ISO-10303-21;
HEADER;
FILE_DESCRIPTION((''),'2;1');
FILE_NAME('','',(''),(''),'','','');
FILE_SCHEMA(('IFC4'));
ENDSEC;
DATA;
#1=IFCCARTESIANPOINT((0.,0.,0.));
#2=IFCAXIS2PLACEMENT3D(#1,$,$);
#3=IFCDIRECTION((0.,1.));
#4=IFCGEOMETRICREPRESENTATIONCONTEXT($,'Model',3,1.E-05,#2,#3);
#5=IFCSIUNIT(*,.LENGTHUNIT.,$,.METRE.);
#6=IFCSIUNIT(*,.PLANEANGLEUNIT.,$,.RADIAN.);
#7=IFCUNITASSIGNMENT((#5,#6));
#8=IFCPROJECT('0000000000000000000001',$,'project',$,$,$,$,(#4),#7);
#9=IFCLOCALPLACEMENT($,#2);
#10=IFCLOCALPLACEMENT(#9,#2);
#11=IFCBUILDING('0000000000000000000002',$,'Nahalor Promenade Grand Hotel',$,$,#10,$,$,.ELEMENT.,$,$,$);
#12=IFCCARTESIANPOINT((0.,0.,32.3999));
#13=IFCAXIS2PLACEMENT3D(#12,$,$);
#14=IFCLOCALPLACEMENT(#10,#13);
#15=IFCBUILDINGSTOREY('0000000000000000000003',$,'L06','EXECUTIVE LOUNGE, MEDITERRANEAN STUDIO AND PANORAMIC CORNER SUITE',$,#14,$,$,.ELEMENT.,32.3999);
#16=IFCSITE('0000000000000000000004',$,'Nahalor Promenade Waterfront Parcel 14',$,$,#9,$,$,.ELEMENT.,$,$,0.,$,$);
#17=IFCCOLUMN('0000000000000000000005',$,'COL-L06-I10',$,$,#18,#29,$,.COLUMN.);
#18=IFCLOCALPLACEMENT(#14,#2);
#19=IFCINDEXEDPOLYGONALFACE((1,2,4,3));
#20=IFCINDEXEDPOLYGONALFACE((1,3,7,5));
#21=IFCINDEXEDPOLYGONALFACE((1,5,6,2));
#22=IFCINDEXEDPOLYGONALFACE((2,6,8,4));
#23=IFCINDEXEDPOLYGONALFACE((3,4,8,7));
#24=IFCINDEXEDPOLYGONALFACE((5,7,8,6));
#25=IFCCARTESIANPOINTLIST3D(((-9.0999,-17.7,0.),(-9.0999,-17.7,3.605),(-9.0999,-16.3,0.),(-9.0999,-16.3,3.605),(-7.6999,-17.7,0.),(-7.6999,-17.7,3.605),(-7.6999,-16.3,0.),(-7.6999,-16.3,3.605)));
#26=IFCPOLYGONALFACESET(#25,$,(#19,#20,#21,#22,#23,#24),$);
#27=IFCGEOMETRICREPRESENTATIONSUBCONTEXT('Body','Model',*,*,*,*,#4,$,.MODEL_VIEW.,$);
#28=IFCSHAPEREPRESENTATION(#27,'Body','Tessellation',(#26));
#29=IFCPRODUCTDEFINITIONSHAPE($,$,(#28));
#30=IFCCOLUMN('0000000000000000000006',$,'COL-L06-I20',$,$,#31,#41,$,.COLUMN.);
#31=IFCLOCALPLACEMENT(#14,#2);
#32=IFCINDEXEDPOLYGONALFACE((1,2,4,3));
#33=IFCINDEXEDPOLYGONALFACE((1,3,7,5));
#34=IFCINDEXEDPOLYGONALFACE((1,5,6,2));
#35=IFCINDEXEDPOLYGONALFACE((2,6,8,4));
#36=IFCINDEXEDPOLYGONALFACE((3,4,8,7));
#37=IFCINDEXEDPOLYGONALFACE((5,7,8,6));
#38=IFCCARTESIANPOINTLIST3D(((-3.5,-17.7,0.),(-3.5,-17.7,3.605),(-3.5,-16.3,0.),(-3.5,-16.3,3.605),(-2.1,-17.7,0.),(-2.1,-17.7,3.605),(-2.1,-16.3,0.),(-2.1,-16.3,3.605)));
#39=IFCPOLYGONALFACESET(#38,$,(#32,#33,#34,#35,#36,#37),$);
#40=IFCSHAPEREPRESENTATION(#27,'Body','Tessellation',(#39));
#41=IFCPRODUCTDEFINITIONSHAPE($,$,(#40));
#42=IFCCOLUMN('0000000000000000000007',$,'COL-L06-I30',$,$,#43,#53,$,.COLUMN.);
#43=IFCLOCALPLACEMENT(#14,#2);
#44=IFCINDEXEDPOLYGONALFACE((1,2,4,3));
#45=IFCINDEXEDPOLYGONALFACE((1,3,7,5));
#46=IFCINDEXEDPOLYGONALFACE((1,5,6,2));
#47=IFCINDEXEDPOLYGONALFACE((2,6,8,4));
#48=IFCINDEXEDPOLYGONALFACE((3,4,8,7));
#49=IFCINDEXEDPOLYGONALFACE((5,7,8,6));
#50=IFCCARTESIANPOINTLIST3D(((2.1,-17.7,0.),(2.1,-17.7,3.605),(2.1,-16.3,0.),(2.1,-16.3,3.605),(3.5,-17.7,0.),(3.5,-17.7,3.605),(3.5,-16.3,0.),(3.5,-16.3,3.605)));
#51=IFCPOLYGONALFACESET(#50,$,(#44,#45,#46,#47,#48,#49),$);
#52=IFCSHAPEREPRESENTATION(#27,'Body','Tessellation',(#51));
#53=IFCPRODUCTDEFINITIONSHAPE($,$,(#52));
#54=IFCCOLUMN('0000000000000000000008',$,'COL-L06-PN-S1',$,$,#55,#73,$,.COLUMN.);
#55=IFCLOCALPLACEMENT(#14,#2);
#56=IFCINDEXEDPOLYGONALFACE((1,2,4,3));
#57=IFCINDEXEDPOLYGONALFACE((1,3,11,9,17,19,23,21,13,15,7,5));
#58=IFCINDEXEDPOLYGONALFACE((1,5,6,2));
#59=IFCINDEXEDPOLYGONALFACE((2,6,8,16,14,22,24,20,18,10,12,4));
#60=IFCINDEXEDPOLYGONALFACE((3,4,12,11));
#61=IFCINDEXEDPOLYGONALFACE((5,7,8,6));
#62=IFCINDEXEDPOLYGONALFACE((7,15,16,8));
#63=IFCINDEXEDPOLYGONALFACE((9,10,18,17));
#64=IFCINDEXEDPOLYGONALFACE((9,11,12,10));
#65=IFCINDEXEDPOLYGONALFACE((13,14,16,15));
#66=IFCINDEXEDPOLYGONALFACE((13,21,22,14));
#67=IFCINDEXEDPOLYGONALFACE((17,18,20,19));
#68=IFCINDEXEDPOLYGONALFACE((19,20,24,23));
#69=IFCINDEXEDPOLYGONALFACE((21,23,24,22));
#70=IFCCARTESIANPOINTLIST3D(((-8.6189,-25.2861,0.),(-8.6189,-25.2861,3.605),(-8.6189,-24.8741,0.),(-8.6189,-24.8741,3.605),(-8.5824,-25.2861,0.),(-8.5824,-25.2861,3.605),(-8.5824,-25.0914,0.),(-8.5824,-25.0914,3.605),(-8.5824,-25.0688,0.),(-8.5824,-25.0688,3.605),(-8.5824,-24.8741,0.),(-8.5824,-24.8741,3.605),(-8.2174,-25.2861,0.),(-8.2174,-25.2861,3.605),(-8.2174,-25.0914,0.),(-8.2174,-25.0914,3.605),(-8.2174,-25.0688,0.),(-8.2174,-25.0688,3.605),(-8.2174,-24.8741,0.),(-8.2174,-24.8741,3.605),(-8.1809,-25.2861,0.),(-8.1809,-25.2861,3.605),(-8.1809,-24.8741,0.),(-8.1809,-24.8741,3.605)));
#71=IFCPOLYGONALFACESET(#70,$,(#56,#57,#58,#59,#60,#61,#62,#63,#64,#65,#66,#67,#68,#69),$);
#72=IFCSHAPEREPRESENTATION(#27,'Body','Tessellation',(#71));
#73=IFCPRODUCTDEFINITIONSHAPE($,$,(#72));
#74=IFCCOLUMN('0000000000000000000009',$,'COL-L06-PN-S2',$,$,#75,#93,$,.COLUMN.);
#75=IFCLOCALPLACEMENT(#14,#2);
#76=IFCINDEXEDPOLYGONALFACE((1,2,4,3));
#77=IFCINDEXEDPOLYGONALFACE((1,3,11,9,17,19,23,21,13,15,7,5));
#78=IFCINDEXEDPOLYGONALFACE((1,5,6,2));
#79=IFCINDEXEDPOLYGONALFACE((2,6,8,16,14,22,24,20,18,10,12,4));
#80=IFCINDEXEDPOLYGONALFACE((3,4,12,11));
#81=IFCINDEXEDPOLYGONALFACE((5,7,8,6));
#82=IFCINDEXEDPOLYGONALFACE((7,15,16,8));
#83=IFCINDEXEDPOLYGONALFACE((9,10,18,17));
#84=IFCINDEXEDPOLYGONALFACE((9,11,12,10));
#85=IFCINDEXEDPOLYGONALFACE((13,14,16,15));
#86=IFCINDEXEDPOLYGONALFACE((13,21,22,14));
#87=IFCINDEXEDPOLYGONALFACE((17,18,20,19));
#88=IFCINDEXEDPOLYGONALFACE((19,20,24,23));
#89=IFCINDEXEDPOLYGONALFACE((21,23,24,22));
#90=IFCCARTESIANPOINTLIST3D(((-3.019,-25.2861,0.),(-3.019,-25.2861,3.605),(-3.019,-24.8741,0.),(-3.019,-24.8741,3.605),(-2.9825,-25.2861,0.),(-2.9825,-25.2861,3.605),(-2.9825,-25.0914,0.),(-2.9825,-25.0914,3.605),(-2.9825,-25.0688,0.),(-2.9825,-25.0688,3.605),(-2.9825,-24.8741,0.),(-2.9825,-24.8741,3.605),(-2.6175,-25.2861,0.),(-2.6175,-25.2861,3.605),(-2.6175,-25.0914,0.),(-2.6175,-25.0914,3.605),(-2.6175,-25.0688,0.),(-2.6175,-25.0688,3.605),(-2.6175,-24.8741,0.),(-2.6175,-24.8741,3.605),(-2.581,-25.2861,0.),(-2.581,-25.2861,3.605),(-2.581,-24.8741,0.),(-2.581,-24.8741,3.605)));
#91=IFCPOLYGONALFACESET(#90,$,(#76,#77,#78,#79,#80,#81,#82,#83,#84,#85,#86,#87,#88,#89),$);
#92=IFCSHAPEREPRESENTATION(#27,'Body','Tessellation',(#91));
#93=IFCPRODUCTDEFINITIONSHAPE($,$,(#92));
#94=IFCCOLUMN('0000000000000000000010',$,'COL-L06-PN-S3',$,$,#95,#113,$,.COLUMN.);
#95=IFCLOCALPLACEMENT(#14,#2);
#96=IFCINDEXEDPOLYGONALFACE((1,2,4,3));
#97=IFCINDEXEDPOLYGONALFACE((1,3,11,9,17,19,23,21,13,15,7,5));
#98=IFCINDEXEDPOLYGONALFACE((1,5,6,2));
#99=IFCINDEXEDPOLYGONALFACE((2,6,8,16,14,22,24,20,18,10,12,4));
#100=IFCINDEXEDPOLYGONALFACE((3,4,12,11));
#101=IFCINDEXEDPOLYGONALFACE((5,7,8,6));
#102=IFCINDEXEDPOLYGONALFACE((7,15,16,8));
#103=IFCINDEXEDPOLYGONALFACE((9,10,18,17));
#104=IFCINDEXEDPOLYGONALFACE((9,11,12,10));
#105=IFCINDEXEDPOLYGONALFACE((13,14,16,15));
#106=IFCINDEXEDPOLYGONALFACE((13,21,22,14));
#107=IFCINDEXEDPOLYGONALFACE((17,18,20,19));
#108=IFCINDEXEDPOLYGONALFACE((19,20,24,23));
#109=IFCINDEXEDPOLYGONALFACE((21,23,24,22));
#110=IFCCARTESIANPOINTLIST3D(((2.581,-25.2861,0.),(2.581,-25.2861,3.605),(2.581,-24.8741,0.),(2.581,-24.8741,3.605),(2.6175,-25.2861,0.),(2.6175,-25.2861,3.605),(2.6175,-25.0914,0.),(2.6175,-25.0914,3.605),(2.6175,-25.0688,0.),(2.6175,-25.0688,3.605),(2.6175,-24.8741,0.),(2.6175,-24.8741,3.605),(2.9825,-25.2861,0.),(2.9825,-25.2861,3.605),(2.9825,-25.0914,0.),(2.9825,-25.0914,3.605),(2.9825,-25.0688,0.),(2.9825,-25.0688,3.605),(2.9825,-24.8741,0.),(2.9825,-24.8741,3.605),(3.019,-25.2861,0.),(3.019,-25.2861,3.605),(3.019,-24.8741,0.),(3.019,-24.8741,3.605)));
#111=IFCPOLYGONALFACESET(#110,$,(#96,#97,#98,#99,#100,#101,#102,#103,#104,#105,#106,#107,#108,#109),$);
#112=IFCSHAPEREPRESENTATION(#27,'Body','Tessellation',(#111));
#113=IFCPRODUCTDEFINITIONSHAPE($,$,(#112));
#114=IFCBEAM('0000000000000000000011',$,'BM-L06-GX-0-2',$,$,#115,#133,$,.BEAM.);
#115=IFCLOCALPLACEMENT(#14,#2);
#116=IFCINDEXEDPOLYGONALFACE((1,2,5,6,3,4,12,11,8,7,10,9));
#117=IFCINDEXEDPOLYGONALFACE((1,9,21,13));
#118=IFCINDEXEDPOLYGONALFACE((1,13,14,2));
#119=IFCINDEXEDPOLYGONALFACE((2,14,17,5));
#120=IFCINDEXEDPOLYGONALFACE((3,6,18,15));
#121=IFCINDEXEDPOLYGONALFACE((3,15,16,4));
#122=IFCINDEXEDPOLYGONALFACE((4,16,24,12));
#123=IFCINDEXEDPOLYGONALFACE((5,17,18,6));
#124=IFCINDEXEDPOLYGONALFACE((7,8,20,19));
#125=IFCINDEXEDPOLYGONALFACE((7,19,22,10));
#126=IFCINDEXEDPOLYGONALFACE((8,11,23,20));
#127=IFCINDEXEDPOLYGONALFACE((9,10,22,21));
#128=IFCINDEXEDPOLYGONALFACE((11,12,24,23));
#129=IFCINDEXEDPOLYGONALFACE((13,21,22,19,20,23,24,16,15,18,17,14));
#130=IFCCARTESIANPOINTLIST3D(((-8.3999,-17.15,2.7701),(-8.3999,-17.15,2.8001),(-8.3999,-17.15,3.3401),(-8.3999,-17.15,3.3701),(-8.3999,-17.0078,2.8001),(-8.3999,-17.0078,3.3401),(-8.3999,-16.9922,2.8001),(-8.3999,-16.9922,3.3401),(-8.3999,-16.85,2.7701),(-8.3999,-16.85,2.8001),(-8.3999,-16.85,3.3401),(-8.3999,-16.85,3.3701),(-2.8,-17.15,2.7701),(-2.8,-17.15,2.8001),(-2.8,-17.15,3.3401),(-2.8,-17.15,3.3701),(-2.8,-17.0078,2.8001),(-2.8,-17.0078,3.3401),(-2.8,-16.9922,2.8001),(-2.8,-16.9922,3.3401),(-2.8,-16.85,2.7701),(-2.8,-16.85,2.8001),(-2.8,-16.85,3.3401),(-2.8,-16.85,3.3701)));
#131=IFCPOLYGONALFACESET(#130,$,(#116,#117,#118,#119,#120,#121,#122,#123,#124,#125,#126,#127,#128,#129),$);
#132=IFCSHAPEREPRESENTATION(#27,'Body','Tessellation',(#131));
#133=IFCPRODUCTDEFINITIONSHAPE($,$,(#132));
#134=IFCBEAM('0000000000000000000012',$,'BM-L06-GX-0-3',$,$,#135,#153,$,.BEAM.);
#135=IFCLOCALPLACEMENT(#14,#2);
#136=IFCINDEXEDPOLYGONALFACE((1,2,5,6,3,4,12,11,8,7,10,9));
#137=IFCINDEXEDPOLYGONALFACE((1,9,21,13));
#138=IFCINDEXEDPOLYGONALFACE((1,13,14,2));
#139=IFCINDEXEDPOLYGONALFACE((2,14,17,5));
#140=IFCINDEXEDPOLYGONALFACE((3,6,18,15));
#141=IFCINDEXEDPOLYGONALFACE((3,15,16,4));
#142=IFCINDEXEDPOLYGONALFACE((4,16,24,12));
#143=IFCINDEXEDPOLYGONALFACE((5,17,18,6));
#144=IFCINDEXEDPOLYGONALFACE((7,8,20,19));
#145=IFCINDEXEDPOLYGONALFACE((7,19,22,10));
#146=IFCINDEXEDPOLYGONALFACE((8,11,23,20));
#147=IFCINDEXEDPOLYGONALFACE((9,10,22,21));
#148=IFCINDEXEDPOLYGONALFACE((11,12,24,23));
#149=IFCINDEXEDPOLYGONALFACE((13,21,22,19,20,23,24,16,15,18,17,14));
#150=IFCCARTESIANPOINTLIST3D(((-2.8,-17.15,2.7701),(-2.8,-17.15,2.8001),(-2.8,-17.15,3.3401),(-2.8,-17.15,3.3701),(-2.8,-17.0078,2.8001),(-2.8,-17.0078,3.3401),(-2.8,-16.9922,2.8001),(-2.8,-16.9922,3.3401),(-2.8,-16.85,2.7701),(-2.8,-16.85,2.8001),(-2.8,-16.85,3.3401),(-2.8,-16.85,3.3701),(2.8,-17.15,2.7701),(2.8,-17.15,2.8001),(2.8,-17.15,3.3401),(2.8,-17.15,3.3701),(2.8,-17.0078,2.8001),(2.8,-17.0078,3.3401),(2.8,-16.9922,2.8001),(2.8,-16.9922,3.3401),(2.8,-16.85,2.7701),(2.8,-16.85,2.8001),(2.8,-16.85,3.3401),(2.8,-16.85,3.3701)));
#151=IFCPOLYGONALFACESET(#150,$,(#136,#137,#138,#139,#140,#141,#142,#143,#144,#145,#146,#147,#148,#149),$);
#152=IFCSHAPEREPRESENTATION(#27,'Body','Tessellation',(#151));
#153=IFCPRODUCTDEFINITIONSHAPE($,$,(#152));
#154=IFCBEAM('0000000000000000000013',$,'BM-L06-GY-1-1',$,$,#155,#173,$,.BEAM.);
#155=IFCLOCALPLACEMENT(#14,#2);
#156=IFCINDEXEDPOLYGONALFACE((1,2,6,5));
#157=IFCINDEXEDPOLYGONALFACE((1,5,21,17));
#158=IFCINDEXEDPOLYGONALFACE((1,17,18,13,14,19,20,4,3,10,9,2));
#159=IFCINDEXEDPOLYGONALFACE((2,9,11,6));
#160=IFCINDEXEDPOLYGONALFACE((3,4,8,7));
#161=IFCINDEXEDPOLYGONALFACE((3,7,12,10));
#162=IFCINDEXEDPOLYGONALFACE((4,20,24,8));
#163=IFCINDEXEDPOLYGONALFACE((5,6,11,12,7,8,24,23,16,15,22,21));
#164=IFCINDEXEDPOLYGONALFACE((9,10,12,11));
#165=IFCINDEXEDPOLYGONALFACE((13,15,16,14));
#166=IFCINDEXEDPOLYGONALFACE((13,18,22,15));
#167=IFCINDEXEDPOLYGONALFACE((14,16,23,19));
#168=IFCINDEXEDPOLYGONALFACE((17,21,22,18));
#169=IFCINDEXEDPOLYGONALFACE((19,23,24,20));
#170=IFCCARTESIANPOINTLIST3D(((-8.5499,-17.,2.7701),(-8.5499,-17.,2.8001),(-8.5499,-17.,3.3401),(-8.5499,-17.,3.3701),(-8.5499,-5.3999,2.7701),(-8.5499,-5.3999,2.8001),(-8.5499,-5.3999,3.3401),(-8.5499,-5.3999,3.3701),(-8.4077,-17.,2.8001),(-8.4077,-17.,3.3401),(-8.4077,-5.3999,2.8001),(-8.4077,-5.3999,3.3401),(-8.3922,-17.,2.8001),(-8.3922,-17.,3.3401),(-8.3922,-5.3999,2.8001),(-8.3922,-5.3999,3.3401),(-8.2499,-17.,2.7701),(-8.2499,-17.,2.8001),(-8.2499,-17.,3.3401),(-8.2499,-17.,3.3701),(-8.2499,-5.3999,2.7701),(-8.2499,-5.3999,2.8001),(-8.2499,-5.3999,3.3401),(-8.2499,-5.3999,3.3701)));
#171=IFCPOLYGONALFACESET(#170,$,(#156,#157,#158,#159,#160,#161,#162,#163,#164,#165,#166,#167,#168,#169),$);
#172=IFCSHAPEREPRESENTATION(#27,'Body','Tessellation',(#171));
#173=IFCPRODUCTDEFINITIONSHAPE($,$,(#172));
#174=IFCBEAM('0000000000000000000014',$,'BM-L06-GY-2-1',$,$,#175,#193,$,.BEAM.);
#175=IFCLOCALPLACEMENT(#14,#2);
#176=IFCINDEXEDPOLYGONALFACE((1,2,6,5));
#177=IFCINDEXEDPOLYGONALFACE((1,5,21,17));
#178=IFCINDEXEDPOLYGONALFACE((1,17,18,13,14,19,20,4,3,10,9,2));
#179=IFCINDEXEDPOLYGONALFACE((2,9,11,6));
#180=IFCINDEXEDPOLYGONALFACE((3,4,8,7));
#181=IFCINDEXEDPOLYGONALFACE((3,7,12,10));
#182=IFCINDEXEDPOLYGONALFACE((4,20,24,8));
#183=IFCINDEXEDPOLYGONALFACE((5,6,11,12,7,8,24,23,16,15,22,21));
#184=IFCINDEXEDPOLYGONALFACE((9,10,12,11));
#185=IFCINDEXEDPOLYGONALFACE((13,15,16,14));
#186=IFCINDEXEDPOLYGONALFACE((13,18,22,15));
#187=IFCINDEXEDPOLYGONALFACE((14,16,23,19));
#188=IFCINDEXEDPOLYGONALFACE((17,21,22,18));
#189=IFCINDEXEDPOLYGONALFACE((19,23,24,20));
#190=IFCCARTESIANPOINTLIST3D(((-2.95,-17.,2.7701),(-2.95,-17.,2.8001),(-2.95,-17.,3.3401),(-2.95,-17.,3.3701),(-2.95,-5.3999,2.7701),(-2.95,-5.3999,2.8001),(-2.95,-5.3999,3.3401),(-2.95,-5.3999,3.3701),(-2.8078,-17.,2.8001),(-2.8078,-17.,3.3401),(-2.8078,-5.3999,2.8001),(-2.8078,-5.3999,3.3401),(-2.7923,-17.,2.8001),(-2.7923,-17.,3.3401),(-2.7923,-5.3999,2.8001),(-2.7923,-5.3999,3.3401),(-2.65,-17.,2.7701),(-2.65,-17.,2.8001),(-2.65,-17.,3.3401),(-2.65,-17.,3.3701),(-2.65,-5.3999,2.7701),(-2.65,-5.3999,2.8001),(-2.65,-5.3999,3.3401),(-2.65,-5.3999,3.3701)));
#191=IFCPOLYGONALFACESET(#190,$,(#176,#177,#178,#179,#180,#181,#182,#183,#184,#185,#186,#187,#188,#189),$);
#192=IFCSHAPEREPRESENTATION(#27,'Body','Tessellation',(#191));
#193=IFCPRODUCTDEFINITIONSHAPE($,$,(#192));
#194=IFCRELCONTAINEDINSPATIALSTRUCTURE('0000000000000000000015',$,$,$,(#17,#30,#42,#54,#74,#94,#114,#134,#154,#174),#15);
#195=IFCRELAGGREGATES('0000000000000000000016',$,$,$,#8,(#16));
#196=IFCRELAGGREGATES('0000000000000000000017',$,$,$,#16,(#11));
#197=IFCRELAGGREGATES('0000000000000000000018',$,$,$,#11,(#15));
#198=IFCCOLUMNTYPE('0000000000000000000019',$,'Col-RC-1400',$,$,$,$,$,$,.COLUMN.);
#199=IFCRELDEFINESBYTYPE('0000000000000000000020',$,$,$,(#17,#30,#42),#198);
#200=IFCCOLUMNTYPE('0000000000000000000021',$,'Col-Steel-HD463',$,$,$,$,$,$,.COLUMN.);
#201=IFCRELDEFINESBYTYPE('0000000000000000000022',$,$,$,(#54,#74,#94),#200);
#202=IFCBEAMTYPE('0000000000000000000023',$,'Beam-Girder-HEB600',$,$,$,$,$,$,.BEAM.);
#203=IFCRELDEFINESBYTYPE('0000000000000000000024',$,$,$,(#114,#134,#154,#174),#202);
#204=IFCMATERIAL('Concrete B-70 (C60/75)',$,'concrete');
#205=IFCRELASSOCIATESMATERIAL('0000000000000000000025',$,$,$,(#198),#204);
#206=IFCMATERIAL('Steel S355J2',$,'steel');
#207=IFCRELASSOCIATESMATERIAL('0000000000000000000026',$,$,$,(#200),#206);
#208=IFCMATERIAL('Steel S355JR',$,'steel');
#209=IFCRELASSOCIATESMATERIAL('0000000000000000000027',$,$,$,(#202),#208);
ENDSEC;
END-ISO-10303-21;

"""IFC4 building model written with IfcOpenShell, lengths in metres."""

from ifc_helpers import new_model, si_unit, direction, frame, origin, origin_2d, place, context, subcontext, project, spatial, rectangle, i_section, extrude, source, transform, mapped, material, material_profile, profile_set, type_object, element, save


model = new_model("IFC4")

# Units and contexts
model_context = context("Model", 3, precision=1e-05, world=origin(), true_north=direction((0.0, 1.0)))
body_context = subcontext(model_context, "Body", "Model", "MODEL_VIEW")
ifc_project = project(units=[si_unit("LENGTHUNIT", "METRE"), si_unit("PLANEANGLEUNIT", "RADIAN")], contexts=[model_context])

# Site, building, storey
site_placement = place(None, origin())
site = spatial("IfcSite", under=ifc_project, at=site_placement, Name="Nahalor Promenade Waterfront Parcel 14", CompositionType="ELEMENT", RefElevation=0.0)
building_placement = place(site_placement, origin())
building = spatial("IfcBuilding", under=site, at=building_placement, Name="Nahalor Promenade Grand Hotel", CompositionType="ELEMENT")
storey_placement = place(building_placement, frame((0.0, 0.0, 32.3999)))
storey = spatial("IfcBuildingStorey", under=building, at=storey_placement, Name="L06", Description="EXECUTIVE LOUNGE, MEDITERRANEAN STUDIO AND PANORAMIC CORNER SUITE", CompositionType="ELEMENT", Elevation=32.3999)

# Columns
ifc_material_1 = material(Name="Concrete B-70 (C60/75)", Category="concrete")
ifc_material_profile_1 = material_profile(ifc_material_1, rectangle(XDim=1.4, YDim=1.4, at=origin_2d()), Name="RC 1400x1400")
ifc_profile_set_1 = profile_set([ifc_material_profile_1], Name="Concrete B-70 (C60/75)")
column_type_1 = type_object("IfcColumnType", Name="Col-RC-1400", PredefinedType="COLUMN", material=ifc_profile_set_1)
shared_shape_1 = source(origin(), body_context, "Body", "SweptSolid", [
    extrude(rectangle(XDim=1.4, YDim=1.4, at=origin_2d()), origin(), (0.0, 0.0, 1.0), 3.605),
])
for number, where, z_axis, x_axis, name in (
    (1, (-8.3999, -17.0, 0.0), (0.0, 0.0, 1.0), (1.0, 0.0, 0.0), "COL-L06-I10"),
    (2, (-2.8, -17.0, 0.0), (0.0, 0.0, 1.0), (1.0, 0.0, 0.0), "COL-L06-I20"),
    (3, (2.8, -17.0, 0.0), (0.0, 0.0, 1.0), (1.0, 0.0, 0.0), "COL-L06-I30"),
):
    element("IfcColumn", number, at=place(storey_placement, frame(where, z_axis=z_axis, x_axis=x_axis)), inside=storey, type_object=column_type_1, Name=name, PredefinedType="COLUMN", context=body_context, shape_type="MappedRepresentation", body=[
        mapped(shared_shape_1, transform((0.0, 0.0, 0.0), scale=1.0)),
    ])
ifc_material_2 = material(Name="Steel S355J2", Category="steel")
ifc_material_profile_2 = material_profile(ifc_material_2, i_section(OverallWidth=0.412, OverallDepth=0.438, WebThickness=0.0226, FlangeThickness=0.0365, at=origin_2d()), Name="HD 400x463")
ifc_profile_set_2 = profile_set([ifc_material_profile_2], Name="Steel S355J2")
column_type_2 = type_object("IfcColumnType", Name="Col-Steel-HD463", PredefinedType="COLUMN", material=ifc_profile_set_2)
shared_shape_2 = source(origin(), body_context, "Body", "SweptSolid", [
    extrude(i_section(OverallWidth=0.412, OverallDepth=0.438, WebThickness=0.0226, FlangeThickness=0.0365, at=origin_2d()), origin(), (0.0, 0.0, 1.0), 3.605),
])
for number, where, z_axis, x_axis, name in (
    (4, (-8.3999, -25.0801, 0.0), (0.0, 0.0, 1.0), (0.0, 1.0, 0.0), "COL-L06-PN-S1"),
    (5, (-2.8, -25.0801, 0.0), (0.0, 0.0, 1.0), (0.0, 1.0, 0.0), "COL-L06-PN-S2"),
    (6, (2.8, -25.0801, 0.0), (0.0, 0.0, 1.0), (0.0, 1.0, 0.0), "COL-L06-PN-S3"),
):
    element("IfcColumn", number, at=place(storey_placement, frame(where, z_axis=z_axis, x_axis=x_axis)), inside=storey, type_object=column_type_2, Name=name, PredefinedType="COLUMN", context=body_context, shape_type="MappedRepresentation", body=[
        mapped(shared_shape_2, transform((0.0, 0.0, 0.0), scale=1.0)),
    ])

# Beams
ifc_material_3 = material(Name="Steel S355JR", Category="steel")
ifc_material_profile_3 = material_profile(ifc_material_3, i_section(OverallWidth=0.3, OverallDepth=0.6, WebThickness=0.0155, FlangeThickness=0.03, at=origin_2d()), Name="HEB 600")
ifc_profile_set_3 = profile_set([ifc_material_profile_3], Name="Steel S355JR")
beam_type_1 = type_object("IfcBeamType", Name="Beam-Girder-HEB600", PredefinedType="BEAM", material=ifc_profile_set_3)
shared_shape_3 = source(origin(), body_context, "Body", "SweptSolid", [
    extrude(i_section(OverallWidth=0.3, OverallDepth=0.6, WebThickness=0.0155, FlangeThickness=0.03, at=origin_2d()), origin(), (0.0, 0.0, 1.0), 5.5999),
])
beam_1_placement = place(storey_placement, frame((-8.3999, -17.0, 3.0701), z_axis=(1.0, 0.0, 0.0), x_axis=(0.0, 1.0, 0.0)))
element("IfcBeam", 7, at=beam_1_placement, inside=storey, type_object=beam_type_1, Name="BM-L06-GX-0-2", PredefinedType="BEAM", context=body_context, shape_type="MappedRepresentation", body=[
    mapped(shared_shape_3, transform((0.0, 0.0, 0.0), scale=1.0)),
])
shared_shape_4 = source(origin(), body_context, "Body", "SweptSolid", [
    extrude(i_section(OverallWidth=0.3, OverallDepth=0.6, WebThickness=0.0155, FlangeThickness=0.03, at=origin_2d()), origin(), (0.0, 0.0, 1.0), 5.6001),
])
beam_2_placement = place(storey_placement, frame((-2.8, -17.0, 3.0701), z_axis=(1.0, 0.0, 0.0), x_axis=(0.0, 1.0, 0.0)))
element("IfcBeam", 8, at=beam_2_placement, inside=storey, type_object=beam_type_1, Name="BM-L06-GX-0-3", PredefinedType="BEAM", context=body_context, shape_type="MappedRepresentation", body=[
    mapped(shared_shape_4, transform((0.0, 0.0, 0.0), scale=1.0)),
])
shared_shape_5 = source(origin(), body_context, "Body", "SweptSolid", [
    extrude(i_section(OverallWidth=0.3, OverallDepth=0.6, WebThickness=0.0155, FlangeThickness=0.03, at=origin_2d()), origin(), (0.0, 0.0, 1.0), 11.6001),
])
for number, where, z_axis, x_axis, name in (
    (9, (-8.3999, -17.0, 3.0701), (0.0, 1.0, 0.0), (-1.0, 0.0, 0.0), "BM-L06-GY-1-1"),
    (10, (-2.8, -17.0, 3.0701), (0.0, 1.0, 0.0), (-1.0, 0.0, 0.0), "BM-L06-GY-2-1"),
):
    element("IfcBeam", number, at=place(storey_placement, frame(where, z_axis=z_axis, x_axis=x_axis)), inside=storey, type_object=beam_type_1, Name=name, PredefinedType="BEAM", context=body_context, shape_type="MappedRepresentation", body=[
        mapped(shared_shape_5, transform((0.0, 0.0, 0.0), scale=1.0)),
    ])

save(model, "model.ifc")
